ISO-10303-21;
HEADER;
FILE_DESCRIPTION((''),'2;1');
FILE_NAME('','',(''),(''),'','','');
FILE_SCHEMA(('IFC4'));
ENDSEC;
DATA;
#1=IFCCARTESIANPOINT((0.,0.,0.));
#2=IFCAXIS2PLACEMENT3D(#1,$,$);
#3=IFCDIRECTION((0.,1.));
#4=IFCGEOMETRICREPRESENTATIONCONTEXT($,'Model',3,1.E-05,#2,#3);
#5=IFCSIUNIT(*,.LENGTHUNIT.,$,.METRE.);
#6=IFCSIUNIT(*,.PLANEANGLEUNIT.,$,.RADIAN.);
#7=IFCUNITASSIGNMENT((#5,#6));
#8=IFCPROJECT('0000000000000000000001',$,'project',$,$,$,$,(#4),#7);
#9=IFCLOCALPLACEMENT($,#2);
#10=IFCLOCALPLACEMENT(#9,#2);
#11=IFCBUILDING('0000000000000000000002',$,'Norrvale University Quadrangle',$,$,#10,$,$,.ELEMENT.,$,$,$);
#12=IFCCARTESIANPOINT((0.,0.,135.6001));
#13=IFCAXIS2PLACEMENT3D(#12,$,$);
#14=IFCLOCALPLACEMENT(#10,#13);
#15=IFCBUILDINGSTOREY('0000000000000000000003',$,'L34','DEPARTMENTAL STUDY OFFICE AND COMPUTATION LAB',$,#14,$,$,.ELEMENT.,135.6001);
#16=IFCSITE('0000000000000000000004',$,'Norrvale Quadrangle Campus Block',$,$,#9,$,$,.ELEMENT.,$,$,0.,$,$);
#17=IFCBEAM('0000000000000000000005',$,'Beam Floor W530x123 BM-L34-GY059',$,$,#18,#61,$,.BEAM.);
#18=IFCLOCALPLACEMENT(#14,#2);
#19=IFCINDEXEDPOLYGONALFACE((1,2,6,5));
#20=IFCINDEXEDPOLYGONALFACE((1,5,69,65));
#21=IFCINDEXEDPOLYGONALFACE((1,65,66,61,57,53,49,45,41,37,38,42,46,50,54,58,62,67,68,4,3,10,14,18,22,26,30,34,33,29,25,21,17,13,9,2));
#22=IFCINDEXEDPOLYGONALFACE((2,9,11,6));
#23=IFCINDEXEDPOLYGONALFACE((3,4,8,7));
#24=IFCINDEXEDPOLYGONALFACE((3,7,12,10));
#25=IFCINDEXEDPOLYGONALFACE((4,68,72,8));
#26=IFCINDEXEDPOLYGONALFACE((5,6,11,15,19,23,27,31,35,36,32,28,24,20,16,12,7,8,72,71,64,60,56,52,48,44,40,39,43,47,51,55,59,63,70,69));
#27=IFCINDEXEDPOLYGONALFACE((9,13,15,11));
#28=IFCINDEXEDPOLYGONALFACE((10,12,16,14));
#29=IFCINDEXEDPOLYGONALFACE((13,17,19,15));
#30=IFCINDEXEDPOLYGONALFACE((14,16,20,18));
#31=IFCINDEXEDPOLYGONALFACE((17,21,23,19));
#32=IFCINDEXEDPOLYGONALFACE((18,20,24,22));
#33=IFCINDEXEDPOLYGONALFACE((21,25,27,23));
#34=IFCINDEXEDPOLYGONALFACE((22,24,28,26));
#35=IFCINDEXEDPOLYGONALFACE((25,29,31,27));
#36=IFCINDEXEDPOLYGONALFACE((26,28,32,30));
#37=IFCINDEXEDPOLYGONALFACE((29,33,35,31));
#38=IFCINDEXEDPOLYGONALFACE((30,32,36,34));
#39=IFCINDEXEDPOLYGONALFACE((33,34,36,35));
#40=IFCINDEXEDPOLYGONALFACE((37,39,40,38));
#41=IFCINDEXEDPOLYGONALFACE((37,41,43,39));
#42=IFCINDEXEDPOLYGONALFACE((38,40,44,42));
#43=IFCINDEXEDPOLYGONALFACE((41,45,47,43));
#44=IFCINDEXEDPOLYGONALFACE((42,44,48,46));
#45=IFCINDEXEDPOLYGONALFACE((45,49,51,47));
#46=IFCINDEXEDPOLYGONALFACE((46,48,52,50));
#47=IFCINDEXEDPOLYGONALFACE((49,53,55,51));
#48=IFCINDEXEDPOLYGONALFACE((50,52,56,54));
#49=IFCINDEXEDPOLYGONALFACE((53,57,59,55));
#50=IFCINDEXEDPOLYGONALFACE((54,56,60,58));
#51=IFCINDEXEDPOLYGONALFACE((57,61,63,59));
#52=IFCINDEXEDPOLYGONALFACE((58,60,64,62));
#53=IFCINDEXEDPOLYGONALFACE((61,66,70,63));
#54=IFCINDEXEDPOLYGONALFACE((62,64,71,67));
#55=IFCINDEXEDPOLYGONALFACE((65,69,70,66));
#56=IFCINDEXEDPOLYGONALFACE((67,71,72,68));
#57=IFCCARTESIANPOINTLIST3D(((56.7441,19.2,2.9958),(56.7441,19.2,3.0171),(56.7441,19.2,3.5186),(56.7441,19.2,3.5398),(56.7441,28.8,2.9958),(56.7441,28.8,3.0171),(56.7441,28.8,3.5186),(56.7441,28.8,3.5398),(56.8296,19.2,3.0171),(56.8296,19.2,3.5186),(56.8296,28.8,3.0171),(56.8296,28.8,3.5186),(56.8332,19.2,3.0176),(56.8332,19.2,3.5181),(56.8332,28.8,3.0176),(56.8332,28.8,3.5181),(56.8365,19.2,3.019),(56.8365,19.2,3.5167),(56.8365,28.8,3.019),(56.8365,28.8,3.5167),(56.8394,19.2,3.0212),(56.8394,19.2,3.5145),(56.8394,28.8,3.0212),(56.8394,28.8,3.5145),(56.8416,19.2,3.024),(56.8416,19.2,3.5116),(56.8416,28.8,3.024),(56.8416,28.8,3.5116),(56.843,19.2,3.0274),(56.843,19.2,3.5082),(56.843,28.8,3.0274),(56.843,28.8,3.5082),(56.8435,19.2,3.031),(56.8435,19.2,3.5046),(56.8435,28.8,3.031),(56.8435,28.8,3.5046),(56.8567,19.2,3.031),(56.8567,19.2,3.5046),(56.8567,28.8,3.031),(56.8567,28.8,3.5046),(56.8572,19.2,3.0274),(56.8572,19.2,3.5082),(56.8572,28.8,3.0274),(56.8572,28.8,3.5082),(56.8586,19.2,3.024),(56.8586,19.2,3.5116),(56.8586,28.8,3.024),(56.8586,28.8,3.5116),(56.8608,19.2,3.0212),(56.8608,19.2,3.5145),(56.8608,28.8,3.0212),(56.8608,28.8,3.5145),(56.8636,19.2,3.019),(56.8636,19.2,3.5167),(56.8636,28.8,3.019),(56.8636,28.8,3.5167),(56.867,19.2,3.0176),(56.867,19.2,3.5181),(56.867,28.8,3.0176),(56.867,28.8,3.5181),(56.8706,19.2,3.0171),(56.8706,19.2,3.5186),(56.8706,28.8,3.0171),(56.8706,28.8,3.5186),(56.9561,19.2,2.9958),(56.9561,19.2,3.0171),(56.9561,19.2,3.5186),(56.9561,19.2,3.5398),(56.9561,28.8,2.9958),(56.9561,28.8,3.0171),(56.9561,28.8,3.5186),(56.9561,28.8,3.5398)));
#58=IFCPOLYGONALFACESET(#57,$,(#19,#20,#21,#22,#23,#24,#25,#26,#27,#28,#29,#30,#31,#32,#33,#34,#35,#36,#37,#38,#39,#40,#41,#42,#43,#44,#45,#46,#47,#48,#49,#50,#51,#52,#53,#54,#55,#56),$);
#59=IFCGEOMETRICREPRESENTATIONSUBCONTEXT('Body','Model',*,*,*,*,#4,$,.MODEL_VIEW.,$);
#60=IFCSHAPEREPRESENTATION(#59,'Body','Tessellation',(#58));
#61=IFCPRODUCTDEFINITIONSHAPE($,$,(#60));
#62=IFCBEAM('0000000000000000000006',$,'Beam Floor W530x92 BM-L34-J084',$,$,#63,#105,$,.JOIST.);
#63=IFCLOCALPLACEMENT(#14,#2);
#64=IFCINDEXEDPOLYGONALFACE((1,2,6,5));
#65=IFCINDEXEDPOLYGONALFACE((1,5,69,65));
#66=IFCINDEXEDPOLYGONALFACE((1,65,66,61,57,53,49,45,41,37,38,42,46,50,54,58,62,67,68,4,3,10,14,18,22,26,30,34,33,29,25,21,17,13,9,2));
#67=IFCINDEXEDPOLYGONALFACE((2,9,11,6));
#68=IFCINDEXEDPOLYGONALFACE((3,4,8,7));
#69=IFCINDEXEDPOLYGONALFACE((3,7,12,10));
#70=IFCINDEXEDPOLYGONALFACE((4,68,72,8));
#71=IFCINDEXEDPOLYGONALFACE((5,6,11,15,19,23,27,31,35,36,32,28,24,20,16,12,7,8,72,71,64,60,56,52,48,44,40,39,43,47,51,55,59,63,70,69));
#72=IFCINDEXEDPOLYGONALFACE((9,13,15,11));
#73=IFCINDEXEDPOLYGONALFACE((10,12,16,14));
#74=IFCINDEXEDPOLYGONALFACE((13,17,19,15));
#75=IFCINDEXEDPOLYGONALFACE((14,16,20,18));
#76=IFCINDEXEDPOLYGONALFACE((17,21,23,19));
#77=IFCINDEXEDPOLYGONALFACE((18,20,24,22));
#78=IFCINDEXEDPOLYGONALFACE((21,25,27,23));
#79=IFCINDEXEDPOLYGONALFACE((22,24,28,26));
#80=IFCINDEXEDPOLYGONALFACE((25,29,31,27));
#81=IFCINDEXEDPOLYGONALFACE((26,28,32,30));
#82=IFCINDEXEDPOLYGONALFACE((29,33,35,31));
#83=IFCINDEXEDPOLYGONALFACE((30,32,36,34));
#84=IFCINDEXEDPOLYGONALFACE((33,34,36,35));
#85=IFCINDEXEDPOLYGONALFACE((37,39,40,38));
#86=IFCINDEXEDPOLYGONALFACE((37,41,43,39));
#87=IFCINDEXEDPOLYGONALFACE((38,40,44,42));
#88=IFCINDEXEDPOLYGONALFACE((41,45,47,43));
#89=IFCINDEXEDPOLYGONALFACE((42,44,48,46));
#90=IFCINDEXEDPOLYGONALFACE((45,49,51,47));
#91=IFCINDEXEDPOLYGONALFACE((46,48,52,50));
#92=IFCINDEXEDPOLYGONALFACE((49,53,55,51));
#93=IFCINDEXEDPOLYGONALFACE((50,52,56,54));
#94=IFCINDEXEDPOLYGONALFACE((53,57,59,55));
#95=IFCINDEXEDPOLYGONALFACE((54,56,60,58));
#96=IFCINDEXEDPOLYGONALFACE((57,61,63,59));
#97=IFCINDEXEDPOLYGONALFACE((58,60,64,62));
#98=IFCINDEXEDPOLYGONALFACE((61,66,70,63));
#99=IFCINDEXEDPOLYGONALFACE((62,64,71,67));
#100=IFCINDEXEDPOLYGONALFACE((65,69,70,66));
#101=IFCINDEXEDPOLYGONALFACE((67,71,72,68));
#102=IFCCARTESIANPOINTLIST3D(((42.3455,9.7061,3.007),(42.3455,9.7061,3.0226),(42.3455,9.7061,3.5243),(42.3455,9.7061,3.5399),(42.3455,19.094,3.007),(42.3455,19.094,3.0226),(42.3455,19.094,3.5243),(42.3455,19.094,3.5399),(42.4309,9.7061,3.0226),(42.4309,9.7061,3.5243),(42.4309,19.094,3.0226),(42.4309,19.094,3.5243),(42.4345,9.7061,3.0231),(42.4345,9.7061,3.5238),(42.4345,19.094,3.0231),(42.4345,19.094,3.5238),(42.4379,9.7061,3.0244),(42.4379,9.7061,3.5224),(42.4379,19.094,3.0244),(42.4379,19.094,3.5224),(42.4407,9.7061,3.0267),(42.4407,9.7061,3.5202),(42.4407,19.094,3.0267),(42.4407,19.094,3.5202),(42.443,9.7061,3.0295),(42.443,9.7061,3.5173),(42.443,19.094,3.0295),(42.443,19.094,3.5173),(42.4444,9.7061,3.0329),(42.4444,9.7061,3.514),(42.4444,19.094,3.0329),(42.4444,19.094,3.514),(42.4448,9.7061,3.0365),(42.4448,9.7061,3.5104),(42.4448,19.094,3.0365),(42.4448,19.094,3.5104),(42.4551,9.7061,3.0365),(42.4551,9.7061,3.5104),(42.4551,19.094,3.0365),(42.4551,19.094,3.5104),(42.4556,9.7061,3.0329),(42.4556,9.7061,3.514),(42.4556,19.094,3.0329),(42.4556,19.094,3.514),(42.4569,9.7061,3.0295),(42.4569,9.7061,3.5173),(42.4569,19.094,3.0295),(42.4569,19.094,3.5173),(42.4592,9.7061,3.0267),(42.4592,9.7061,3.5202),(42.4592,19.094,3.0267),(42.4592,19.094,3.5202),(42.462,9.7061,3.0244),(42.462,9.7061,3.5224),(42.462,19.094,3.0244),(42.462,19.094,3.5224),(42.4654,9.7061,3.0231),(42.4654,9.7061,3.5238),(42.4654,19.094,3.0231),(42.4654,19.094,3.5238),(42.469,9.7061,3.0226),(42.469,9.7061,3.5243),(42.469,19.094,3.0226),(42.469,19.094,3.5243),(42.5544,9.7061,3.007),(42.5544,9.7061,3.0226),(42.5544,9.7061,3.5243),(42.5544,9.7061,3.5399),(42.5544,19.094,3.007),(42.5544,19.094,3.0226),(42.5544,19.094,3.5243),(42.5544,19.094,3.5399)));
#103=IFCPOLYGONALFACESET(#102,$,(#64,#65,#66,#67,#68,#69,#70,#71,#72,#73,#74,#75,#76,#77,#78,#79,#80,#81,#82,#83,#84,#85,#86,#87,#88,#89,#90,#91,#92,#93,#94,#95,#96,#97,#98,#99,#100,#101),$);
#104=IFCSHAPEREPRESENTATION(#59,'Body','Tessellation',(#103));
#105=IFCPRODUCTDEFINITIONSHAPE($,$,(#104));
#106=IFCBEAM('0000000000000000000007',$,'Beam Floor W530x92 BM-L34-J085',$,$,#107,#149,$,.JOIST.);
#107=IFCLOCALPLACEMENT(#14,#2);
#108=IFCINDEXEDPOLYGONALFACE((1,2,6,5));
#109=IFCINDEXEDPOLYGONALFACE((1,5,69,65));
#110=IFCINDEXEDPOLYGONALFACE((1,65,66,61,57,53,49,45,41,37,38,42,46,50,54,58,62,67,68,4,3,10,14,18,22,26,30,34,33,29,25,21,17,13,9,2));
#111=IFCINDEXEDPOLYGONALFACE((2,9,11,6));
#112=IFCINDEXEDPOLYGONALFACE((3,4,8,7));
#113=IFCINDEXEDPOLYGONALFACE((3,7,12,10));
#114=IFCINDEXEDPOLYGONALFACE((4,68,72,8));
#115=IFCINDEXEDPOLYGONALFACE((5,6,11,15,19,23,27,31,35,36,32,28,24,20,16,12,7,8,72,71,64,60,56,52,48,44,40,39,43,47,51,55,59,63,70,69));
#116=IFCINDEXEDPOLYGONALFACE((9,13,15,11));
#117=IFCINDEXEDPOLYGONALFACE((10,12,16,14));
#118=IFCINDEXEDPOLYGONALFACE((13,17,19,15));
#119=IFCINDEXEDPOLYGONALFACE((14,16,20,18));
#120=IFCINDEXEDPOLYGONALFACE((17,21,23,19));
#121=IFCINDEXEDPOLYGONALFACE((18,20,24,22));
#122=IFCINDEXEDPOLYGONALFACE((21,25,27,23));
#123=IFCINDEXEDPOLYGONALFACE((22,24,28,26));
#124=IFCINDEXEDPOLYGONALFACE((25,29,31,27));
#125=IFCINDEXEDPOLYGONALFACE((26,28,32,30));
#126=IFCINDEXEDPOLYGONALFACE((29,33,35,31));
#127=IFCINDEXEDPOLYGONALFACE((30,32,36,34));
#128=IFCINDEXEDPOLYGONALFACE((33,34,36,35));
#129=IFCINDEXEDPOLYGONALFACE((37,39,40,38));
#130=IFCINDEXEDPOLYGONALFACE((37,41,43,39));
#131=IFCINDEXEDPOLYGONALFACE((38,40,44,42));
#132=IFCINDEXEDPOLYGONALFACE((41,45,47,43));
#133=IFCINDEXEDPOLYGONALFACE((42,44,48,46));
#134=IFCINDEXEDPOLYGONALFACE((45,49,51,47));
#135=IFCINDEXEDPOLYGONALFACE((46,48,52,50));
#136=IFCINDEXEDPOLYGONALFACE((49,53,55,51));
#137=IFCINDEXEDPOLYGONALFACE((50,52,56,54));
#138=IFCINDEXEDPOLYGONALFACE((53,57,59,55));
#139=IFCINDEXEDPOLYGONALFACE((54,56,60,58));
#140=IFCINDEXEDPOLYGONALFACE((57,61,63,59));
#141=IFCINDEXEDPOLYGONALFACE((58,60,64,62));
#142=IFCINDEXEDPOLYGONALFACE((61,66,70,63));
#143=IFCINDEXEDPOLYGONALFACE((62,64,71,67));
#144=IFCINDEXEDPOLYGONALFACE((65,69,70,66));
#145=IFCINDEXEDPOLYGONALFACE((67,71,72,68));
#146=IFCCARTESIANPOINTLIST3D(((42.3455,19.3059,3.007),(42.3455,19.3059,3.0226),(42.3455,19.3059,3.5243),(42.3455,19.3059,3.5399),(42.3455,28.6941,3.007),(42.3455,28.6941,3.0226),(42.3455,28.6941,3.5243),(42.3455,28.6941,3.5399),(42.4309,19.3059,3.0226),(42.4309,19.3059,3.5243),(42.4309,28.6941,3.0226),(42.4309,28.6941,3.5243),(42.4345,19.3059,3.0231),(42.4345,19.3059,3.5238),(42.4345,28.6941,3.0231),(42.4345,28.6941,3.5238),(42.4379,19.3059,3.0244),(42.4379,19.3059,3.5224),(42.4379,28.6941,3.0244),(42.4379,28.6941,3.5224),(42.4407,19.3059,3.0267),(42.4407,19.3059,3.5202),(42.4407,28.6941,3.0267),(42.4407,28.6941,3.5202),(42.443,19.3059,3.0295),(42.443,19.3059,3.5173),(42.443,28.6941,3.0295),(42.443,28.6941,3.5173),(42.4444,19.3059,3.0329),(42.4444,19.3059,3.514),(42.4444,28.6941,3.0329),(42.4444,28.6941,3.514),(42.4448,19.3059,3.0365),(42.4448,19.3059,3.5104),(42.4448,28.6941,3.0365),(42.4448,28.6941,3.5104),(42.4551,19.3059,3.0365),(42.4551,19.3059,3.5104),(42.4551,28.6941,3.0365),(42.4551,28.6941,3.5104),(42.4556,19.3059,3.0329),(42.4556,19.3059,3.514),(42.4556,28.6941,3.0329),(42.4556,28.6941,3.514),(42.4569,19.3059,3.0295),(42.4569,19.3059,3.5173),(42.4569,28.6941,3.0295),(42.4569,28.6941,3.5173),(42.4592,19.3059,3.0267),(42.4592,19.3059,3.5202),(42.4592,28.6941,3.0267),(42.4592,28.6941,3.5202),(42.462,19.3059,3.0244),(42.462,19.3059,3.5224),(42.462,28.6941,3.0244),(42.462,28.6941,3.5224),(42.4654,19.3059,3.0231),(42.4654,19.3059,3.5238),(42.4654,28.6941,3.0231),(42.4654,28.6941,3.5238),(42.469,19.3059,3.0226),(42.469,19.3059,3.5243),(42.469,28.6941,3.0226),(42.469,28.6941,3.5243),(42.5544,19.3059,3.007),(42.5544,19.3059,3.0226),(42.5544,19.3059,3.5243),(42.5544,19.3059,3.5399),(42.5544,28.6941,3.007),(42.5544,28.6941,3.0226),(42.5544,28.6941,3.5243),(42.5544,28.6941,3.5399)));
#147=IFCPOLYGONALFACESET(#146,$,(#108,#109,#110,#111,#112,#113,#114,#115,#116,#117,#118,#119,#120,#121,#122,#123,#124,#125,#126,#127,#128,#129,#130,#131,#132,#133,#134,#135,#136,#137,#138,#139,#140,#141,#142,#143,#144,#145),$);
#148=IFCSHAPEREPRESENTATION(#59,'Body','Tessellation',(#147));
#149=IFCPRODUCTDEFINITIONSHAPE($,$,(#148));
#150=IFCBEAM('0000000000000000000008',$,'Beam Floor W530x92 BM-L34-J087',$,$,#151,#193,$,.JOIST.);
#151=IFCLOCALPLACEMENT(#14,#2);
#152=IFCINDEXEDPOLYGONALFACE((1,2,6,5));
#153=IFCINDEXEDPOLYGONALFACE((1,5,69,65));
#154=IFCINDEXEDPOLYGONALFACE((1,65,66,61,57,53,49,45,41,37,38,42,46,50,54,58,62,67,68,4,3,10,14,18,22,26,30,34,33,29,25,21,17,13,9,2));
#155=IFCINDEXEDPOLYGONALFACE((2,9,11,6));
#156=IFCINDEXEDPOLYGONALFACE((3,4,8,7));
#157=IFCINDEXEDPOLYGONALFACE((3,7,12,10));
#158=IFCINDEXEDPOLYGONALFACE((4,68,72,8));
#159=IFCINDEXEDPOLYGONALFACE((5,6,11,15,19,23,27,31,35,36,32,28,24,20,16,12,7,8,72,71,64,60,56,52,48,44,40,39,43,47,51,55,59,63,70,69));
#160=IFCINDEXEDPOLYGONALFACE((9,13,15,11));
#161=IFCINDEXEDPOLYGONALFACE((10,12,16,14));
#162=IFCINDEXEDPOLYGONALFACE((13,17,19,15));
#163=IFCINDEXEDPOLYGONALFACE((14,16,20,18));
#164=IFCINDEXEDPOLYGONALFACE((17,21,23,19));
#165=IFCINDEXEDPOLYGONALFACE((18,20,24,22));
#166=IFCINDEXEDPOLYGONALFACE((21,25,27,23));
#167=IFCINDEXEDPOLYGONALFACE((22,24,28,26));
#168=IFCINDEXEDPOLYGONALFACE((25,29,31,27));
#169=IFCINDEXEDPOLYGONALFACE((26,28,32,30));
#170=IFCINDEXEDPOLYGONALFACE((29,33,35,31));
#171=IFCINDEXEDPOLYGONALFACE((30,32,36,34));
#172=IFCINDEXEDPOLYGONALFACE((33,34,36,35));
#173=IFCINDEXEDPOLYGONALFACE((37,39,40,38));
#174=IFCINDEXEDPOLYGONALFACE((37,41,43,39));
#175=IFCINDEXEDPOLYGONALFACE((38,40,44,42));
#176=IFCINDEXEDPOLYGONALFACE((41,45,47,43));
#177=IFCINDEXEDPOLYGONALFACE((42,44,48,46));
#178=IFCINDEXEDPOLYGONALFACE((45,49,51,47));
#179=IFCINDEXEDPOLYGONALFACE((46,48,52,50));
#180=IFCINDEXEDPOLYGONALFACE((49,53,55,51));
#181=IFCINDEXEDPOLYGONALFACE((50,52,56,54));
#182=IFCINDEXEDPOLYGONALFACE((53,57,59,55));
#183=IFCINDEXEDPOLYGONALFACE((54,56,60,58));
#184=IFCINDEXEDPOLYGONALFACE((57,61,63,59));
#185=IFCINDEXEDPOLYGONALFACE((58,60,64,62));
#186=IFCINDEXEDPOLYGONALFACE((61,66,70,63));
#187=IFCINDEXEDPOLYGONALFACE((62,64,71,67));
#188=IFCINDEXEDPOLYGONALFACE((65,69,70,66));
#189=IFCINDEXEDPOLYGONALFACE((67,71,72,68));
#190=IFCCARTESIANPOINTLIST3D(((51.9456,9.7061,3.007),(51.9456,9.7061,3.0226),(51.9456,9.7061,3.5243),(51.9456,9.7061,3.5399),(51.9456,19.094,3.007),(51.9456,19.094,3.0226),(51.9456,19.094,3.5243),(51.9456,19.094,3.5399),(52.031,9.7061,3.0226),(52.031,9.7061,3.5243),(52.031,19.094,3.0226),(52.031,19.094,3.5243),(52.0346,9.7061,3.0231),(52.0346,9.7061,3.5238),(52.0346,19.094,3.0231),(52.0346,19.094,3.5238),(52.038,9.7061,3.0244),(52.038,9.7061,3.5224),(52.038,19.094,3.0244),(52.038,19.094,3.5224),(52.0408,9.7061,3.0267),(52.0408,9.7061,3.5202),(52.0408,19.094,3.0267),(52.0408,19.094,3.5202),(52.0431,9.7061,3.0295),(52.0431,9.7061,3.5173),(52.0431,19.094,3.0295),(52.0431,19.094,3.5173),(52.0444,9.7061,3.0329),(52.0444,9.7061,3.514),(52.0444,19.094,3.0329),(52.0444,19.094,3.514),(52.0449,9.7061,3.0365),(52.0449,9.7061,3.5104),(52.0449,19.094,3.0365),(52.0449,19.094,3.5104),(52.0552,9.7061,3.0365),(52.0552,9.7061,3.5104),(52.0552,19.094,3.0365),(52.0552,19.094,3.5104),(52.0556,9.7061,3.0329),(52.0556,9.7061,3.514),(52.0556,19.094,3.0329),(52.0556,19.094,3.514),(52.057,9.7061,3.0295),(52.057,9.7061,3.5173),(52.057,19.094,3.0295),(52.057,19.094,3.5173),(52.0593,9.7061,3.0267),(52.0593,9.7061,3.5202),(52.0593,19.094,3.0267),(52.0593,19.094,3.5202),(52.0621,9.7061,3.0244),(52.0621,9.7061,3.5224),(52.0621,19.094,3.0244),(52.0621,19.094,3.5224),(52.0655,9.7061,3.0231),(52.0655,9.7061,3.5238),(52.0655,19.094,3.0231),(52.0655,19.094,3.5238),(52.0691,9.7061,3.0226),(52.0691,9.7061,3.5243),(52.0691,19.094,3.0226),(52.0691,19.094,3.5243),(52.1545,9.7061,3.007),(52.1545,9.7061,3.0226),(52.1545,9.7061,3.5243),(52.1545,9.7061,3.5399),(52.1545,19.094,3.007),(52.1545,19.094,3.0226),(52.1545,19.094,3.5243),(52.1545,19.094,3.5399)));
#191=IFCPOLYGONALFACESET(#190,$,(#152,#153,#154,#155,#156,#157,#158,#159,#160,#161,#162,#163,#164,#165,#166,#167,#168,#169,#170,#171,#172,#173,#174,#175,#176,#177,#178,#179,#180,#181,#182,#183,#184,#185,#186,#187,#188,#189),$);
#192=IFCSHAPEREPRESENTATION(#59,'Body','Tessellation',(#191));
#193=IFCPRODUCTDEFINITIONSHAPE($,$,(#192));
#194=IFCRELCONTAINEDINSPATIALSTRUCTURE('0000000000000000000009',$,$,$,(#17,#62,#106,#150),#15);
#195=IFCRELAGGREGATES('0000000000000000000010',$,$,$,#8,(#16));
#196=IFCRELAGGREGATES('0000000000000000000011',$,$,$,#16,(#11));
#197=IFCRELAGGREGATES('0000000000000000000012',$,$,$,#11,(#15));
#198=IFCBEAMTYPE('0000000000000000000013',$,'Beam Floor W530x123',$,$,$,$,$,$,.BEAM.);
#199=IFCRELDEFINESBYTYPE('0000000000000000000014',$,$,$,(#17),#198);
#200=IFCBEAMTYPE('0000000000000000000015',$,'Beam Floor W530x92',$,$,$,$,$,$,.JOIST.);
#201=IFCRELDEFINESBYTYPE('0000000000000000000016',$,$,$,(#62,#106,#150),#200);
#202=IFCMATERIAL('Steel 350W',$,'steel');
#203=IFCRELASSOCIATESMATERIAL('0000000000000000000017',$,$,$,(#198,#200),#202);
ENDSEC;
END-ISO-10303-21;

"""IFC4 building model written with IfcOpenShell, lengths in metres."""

from ifc_helpers import new_model, si_unit, direction, frame, origin, origin_2d, place, context, subcontext, project, spatial, i_section, extrude, material, material_profile, profile_set, type_object, element, save


model = new_model("IFC4")

# Units and contexts
model_context = context("Model", 3, precision=1e-05, world=origin(), true_north=direction((0.0, 1.0)))
body_context = subcontext(model_context, "Body", "Model", "MODEL_VIEW")
ifc_project = project(units=[si_unit("LENGTHUNIT", "METRE"), si_unit("PLANEANGLEUNIT", "RADIAN")], contexts=[model_context])

# Site, building, storey
site_placement = place(None, origin())
site = spatial("IfcSite", under=ifc_project, at=site_placement, Name="Norrvale Quadrangle Campus Block", CompositionType="ELEMENT", RefElevation=0.0)
building_placement = place(site_placement, origin())
building = spatial("IfcBuilding", under=site, at=building_placement, Name="Norrvale University Quadrangle", CompositionType="ELEMENT")
storey_placement = place(building_placement, frame((0.0, 0.0, 135.6001)))
storey = spatial("IfcBuildingStorey", under=building, at=storey_placement, Name="L34", Description="DEPARTMENTAL STUDY OFFICE AND COMPUTATION LAB", CompositionType="ELEMENT", Elevation=135.6001)

# Beams
ifc_material_1 = material(Name="Steel 350W", Category="steel")
ifc_material_profile_1 = material_profile(ifc_material_1, i_section(OverallWidth=0.2119, OverallDepth=0.5439, WebThickness=0.0132, FlangeThickness=0.0212, FilletRadius=0.0139, at=origin_2d()), Name="Steel 350W")
ifc_profile_set_1 = profile_set([ifc_material_profile_1], Name="Steel 350W")
beam_type_1 = type_object("IfcBeamType", Name="Beam Floor W530x123", PredefinedType="BEAM", material=ifc_profile_set_1)
beam_1_placement = place(storey_placement, frame((56.8501, 19.2, 3.2678), z_axis=(0.0, 1.0, 0.0), x_axis=(-1.0, 0.0, 0.0)))
element("IfcBeam", 1, at=beam_1_placement, inside=storey, type_object=beam_type_1, Name="Beam Floor W530x123 BM-L34-GY059", PredefinedType="BEAM", context=body_context, shape_type="SweptSolid", body=[
    extrude(i_section(OverallWidth=0.2119, OverallDepth=0.5439, WebThickness=0.0132, FlangeThickness=0.0212, FilletRadius=0.0139, at=origin_2d()), origin(), (0.0, 0.0, 1.0), 9.6001),
])
ifc_material_profile_2 = material_profile(ifc_material_1, i_section(OverallWidth=0.209, OverallDepth=0.533, WebThickness=0.0103, FlangeThickness=0.0156, FilletRadius=0.0139, at=origin_2d()), Name="Steel 350W")
ifc_profile_set_2 = profile_set([ifc_material_profile_2], Name="Steel 350W")
beam_type_2 = type_object("IfcBeamType", Name="Beam Floor W530x92", PredefinedType="JOIST", material=ifc_profile_set_2)
beam_2_placement = place(storey_placement, frame((42.45, 9.7061, 3.2734), z_axis=(0.0, 1.0, 0.0), x_axis=(-1.0, 0.0, 0.0)))
element("IfcBeam", 2, at=beam_2_placement, inside=storey, type_object=beam_type_2, Name="Beam Floor W530x92 BM-L34-J084", PredefinedType="JOIST", context=body_context, shape_type="SweptSolid", body=[
    extrude(i_section(OverallWidth=0.209, OverallDepth=0.533, WebThickness=0.0103, FlangeThickness=0.0156, FilletRadius=0.0139, at=origin_2d()), origin(), (0.0, 0.0, 1.0), 9.3879),
])
beam_3_placement = place(storey_placement, frame((42.45, 19.3059, 3.2734), z_axis=(0.0, 1.0, 0.0), x_axis=(-1.0, 0.0, 0.0)))
element("IfcBeam", 3, at=beam_3_placement, inside=storey, type_object=beam_type_2, Name="Beam Floor W530x92 BM-L34-J085", PredefinedType="JOIST", context=body_context, shape_type="SweptSolid", body=[
    extrude(i_section(OverallWidth=0.209, OverallDepth=0.533, WebThickness=0.0103, FlangeThickness=0.0156, FilletRadius=0.0139, at=origin_2d()), origin(), (0.0, 0.0, 1.0), 9.3882),
])
beam_4_placement = place(storey_placement, frame((52.05, 9.7061, 3.2734), z_axis=(0.0, 1.0, 0.0), x_axis=(-1.0, 0.0, 0.0)))
element("IfcBeam", 4, at=beam_4_placement, inside=storey, type_object=beam_type_2, Name="Beam Floor W530x92 BM-L34-J087", PredefinedType="JOIST", context=body_context, shape_type="SweptSolid", body=[
    extrude(i_section(OverallWidth=0.209, OverallDepth=0.533, WebThickness=0.0103, FlangeThickness=0.0156, FilletRadius=0.0139, at=origin_2d()), origin(), (0.0, 0.0, 1.0), 9.3879),
])

save(model, "model.ifc")
